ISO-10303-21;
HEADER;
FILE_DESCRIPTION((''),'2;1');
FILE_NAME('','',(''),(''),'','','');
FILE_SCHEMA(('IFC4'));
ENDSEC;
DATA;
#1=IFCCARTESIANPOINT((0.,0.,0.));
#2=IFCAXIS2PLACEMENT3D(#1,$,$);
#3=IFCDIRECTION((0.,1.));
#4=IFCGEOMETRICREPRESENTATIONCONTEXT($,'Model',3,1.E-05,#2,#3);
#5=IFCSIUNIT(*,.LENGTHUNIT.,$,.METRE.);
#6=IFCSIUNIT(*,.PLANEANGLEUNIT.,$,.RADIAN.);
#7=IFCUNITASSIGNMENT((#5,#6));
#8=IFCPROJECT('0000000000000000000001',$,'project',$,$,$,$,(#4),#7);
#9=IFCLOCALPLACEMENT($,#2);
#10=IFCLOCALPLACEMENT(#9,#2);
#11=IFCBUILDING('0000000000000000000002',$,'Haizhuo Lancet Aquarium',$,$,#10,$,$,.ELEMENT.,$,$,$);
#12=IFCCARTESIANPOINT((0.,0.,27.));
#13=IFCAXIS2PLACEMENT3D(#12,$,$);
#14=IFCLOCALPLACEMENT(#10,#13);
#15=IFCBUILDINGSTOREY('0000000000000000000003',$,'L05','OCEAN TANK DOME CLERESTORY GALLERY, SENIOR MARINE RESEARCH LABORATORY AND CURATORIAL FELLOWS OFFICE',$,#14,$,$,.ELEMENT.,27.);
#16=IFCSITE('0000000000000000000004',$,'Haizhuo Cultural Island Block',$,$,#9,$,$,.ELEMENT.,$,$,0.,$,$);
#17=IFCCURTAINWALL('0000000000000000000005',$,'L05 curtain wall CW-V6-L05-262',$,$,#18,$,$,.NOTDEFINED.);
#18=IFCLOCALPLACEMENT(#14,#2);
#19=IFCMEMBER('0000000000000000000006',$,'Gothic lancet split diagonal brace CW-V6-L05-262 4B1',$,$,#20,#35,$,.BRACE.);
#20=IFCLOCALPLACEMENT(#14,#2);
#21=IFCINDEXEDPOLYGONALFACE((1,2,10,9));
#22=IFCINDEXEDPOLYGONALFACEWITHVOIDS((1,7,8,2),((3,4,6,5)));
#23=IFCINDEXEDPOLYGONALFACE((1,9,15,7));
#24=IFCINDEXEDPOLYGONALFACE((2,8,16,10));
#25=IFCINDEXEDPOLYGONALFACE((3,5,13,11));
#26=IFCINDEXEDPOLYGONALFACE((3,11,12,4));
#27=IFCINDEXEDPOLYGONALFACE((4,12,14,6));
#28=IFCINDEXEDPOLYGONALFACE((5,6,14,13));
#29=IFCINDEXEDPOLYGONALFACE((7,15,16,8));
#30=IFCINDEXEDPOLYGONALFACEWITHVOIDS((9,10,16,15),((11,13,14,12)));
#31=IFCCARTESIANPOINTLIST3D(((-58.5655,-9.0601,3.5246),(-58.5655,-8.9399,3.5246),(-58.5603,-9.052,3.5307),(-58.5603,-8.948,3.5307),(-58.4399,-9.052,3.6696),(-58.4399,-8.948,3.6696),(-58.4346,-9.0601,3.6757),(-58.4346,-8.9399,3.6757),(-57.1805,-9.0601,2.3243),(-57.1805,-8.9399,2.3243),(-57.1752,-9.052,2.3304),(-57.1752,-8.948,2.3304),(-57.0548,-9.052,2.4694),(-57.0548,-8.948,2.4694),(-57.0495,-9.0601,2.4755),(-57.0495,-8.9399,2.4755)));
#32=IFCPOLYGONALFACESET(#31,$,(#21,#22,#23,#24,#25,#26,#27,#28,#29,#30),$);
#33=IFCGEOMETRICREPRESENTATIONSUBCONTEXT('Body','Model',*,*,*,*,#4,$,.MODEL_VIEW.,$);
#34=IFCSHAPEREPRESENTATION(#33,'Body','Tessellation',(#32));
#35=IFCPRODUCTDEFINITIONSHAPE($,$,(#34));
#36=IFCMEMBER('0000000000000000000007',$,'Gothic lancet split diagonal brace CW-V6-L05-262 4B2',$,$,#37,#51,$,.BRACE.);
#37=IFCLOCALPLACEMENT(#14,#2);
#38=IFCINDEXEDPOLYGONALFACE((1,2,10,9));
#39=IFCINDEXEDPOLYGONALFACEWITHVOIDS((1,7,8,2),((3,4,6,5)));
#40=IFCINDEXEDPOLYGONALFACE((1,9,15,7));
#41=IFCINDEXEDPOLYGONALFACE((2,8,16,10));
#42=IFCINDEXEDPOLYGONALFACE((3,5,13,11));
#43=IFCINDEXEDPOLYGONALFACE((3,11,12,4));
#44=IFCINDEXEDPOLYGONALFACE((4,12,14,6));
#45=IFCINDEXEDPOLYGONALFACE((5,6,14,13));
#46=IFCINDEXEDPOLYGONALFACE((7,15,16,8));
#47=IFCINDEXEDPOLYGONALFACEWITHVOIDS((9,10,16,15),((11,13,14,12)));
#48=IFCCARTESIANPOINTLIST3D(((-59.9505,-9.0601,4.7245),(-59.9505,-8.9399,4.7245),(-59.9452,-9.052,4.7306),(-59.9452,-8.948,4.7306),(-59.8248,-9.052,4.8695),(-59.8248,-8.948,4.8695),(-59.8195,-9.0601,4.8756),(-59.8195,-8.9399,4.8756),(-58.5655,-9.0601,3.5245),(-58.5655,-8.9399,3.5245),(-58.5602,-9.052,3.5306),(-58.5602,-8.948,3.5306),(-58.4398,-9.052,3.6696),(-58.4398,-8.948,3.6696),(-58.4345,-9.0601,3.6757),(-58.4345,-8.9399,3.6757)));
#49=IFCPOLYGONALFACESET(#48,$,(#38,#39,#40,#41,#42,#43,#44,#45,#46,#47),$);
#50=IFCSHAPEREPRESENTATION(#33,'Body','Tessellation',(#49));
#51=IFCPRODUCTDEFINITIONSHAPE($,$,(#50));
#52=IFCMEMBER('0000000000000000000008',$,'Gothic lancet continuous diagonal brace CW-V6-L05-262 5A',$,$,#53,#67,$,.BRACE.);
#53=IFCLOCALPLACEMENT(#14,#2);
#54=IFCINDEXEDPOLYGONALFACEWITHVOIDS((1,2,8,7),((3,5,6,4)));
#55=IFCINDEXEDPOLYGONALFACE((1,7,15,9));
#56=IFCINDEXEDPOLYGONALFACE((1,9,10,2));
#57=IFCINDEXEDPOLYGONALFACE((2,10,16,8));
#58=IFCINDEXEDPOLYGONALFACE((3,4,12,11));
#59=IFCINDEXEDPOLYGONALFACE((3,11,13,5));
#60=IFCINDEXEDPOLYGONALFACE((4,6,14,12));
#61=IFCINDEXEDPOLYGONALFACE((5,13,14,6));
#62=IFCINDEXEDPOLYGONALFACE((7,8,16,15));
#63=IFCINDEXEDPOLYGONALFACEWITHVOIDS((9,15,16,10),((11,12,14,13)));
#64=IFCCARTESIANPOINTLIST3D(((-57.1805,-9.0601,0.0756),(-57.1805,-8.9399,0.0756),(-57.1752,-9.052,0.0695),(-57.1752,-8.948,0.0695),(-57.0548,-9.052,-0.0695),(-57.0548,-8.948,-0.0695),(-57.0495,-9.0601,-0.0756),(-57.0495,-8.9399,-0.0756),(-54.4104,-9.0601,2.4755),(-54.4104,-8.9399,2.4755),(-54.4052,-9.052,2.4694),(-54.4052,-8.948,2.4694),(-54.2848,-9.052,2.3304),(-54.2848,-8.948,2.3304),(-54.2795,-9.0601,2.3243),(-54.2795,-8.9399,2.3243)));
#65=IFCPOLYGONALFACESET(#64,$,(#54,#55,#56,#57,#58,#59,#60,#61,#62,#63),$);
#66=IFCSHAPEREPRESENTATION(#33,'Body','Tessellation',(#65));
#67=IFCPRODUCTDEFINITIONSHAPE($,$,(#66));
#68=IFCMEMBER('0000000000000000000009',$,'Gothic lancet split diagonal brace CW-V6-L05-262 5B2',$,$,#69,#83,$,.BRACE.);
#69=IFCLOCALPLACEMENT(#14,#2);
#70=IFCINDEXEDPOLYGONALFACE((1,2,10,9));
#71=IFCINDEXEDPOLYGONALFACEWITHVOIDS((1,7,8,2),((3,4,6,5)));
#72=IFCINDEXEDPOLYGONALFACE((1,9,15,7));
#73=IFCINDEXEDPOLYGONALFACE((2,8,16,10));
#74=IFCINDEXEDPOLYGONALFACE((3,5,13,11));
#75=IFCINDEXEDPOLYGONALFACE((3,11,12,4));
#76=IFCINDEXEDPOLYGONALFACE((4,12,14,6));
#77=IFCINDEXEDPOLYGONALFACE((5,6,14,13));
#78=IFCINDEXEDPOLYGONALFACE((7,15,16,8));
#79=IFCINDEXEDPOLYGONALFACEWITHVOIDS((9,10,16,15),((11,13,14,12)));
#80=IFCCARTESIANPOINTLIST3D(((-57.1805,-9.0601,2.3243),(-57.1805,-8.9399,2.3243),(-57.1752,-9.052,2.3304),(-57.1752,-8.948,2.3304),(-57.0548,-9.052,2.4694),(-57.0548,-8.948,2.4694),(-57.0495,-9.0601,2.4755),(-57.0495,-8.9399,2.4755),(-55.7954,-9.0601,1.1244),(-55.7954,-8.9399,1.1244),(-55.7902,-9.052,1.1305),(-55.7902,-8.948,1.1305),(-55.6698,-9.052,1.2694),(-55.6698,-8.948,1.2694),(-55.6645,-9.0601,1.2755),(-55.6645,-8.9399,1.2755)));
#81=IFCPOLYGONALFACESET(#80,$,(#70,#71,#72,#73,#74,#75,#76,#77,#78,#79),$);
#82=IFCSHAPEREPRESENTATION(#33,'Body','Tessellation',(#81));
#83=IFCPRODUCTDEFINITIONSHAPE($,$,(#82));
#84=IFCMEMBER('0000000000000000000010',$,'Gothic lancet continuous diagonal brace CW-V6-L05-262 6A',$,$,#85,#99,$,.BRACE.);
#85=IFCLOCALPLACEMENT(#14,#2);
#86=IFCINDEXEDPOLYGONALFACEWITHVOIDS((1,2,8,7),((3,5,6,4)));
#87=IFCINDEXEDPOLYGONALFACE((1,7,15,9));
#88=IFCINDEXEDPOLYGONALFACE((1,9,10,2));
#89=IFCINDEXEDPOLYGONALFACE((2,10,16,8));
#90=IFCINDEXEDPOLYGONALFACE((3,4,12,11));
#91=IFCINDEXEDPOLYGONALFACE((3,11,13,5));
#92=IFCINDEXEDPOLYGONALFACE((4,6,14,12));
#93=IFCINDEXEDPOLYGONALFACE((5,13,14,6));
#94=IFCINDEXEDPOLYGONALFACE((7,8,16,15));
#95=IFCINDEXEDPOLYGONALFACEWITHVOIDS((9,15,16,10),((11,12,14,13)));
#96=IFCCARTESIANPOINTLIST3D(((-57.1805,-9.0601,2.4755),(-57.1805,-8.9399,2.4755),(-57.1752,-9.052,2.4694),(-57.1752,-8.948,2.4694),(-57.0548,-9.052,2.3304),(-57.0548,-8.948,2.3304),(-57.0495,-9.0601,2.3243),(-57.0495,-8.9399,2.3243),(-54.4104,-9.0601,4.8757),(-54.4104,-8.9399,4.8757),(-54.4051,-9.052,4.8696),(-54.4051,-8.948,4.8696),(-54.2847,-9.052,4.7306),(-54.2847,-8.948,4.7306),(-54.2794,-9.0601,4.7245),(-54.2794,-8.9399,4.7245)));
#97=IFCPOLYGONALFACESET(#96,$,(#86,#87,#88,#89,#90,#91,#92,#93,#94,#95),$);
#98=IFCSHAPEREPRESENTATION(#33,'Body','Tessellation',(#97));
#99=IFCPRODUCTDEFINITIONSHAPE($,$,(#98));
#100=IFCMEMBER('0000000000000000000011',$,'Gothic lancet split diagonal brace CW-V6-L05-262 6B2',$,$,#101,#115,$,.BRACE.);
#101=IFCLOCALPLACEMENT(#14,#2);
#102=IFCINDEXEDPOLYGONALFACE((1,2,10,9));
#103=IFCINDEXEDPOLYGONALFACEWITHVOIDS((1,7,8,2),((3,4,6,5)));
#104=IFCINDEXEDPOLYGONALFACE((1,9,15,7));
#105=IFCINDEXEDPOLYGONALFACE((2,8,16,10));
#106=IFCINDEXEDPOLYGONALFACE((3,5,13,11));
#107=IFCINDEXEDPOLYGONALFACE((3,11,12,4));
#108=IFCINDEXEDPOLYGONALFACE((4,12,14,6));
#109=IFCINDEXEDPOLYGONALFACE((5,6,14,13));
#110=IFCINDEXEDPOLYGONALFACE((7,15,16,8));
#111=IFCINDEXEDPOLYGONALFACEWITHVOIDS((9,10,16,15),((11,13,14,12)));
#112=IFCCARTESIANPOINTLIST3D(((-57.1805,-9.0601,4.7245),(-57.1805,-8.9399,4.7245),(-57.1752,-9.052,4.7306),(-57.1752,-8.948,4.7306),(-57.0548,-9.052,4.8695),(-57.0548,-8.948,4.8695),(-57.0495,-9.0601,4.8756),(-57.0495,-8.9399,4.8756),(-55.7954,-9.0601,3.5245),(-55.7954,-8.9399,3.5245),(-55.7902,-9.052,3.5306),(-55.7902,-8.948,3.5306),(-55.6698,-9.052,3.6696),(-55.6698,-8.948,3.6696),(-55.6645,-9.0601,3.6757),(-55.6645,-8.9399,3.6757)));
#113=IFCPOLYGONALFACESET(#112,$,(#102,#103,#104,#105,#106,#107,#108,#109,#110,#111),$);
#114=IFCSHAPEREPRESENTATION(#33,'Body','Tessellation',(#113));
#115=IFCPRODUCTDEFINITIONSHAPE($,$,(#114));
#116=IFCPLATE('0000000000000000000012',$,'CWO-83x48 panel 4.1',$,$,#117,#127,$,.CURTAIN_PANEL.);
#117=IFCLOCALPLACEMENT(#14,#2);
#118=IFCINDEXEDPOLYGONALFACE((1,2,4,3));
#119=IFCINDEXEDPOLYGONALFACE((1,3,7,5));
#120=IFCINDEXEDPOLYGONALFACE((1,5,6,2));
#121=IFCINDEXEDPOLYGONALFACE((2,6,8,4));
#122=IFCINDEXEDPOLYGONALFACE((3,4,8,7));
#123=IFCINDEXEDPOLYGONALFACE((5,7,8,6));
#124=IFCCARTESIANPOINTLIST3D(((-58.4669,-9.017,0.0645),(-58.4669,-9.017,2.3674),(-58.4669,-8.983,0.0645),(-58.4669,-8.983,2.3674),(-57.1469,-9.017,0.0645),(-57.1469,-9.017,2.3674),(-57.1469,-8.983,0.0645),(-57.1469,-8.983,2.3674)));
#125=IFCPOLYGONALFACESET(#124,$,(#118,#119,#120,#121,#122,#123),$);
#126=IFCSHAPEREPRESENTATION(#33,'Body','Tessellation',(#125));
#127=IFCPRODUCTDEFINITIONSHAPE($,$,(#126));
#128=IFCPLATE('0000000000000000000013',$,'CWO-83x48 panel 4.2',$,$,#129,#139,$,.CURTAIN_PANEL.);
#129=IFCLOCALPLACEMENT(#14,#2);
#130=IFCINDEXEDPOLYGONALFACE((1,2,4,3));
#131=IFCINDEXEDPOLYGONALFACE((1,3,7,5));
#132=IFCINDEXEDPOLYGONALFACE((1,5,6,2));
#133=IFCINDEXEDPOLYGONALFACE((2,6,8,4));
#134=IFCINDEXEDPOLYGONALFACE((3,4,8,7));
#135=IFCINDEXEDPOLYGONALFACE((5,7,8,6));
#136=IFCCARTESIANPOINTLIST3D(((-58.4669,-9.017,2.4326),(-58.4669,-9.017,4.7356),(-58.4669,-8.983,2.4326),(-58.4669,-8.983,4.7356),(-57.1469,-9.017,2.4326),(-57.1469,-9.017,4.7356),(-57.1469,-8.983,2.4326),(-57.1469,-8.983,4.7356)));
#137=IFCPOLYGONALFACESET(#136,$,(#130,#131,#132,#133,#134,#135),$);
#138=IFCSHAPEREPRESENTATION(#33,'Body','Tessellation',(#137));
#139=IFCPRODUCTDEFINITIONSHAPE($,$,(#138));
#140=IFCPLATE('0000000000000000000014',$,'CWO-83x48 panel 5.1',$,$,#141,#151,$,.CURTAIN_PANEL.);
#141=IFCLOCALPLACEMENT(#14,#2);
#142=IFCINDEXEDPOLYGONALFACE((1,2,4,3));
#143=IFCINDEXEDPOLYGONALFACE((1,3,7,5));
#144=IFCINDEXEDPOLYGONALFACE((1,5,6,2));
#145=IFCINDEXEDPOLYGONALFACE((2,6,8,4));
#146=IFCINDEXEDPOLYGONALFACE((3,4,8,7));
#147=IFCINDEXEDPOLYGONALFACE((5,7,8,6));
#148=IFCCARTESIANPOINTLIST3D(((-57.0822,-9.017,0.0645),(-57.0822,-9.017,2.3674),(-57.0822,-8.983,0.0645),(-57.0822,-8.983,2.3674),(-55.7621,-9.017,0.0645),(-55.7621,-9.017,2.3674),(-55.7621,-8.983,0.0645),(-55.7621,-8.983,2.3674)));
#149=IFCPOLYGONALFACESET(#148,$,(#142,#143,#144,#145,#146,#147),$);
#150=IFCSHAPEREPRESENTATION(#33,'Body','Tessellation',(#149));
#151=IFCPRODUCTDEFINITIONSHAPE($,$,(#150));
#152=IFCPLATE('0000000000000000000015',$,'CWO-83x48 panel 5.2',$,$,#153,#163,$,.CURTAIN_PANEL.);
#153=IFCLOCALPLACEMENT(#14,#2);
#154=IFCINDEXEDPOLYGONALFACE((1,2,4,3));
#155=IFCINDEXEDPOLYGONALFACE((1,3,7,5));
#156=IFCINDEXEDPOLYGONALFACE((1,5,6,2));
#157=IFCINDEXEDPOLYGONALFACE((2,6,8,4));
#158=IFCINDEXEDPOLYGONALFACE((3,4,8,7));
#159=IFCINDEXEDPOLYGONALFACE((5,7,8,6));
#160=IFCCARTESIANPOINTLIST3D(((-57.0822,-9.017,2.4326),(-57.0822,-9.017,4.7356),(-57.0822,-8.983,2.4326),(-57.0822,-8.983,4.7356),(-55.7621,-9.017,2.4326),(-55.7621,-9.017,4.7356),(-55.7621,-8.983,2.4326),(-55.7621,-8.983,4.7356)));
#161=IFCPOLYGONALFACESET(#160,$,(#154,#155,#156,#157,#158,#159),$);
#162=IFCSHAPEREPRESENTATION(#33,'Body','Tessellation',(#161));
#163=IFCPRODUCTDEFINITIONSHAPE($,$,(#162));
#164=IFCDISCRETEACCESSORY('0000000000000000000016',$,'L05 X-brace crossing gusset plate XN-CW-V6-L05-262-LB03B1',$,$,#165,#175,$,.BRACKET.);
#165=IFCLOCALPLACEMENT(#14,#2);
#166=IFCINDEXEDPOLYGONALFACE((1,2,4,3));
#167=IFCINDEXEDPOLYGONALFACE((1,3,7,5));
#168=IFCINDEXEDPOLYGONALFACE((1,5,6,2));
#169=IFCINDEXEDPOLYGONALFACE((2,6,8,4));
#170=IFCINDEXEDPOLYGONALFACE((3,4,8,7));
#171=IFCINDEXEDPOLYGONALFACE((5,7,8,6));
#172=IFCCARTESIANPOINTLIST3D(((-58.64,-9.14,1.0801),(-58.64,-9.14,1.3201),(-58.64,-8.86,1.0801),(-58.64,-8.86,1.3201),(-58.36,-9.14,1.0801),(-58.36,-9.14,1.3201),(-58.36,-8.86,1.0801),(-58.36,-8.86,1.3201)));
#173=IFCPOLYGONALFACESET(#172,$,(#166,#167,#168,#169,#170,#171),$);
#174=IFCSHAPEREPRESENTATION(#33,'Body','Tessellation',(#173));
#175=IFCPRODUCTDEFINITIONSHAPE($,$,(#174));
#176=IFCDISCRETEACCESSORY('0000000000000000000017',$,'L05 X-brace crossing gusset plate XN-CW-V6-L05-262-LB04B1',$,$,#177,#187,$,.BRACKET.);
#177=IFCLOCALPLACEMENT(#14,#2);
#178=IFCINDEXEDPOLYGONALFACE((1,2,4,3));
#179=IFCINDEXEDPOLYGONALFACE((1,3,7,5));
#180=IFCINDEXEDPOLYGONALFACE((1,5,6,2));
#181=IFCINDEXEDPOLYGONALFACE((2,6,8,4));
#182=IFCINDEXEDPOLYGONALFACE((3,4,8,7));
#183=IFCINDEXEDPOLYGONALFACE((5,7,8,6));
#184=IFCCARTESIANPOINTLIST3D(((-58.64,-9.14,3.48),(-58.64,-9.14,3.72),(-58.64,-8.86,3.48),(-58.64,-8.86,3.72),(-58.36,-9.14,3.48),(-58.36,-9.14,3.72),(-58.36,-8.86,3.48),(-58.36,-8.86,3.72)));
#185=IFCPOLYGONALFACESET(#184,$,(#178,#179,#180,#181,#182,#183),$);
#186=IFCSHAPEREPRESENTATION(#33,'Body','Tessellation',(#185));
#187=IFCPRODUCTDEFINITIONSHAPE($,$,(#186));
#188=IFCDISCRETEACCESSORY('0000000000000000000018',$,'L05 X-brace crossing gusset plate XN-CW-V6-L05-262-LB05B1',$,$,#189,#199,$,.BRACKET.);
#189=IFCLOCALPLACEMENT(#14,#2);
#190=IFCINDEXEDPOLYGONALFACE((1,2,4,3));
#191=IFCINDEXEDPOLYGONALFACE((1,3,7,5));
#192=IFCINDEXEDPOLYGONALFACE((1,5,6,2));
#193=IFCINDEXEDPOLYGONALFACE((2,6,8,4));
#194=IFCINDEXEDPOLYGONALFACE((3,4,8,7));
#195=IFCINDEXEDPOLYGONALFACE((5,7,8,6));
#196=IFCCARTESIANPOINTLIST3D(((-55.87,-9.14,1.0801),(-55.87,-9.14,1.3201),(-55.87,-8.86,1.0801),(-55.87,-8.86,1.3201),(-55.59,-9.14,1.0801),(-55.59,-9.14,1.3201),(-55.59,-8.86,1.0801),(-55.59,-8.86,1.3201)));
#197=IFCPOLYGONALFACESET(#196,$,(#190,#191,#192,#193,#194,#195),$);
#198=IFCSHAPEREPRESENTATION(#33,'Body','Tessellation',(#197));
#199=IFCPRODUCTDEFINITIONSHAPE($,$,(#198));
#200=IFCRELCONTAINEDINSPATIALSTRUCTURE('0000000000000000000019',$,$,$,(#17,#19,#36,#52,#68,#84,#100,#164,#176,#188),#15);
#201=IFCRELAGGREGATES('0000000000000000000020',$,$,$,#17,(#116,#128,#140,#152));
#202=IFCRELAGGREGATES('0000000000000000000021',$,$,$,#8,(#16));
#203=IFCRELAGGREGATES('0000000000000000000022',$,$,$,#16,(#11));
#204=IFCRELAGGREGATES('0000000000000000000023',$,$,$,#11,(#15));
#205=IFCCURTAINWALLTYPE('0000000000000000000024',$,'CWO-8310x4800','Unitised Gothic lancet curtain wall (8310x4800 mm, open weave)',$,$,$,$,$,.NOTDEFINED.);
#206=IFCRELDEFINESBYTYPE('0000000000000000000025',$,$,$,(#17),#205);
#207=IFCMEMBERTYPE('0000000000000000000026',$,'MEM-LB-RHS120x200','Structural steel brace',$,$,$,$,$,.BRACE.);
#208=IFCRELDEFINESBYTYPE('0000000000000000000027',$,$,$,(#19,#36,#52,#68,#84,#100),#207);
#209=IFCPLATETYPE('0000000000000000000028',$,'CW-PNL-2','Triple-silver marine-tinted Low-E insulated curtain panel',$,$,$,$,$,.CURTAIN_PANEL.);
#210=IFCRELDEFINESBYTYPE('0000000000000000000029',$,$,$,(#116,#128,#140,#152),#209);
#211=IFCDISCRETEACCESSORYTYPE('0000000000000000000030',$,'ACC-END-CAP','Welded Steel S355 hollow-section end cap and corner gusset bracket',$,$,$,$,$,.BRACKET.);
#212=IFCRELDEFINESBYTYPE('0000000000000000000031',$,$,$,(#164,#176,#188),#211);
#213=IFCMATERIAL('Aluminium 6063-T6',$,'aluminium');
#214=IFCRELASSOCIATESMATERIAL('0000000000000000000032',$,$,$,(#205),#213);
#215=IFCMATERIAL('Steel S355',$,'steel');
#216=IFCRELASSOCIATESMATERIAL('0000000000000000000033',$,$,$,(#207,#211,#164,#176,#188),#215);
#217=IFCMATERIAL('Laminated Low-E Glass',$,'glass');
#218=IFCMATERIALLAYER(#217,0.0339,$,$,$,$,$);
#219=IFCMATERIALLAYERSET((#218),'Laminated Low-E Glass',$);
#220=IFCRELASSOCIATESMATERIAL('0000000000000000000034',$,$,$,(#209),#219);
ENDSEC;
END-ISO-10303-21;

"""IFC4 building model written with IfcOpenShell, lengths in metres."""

from ifc_helpers import new_model, si_unit, direction, frame, origin, origin_2d, place, context, subcontext, project, spatial, rectangle, hollow_rectangle, extrude, material, layer, layer_set, material_profile, profile_set, type_object, element, aggregate, save


model = new_model("IFC4")

# Units and contexts
model_context = context("Model", 3, precision=1e-05, world=origin(), true_north=direction((0.0, 1.0)))
body_context = subcontext(model_context, "Body", "Model", "MODEL_VIEW")
ifc_project = project(units=[si_unit("LENGTHUNIT", "METRE"), si_unit("PLANEANGLEUNIT", "RADIAN")], contexts=[model_context])

# Site, building, storey
site_placement = place(None, origin())
site = spatial("IfcSite", under=ifc_project, at=site_placement, Name="Haizhuo Cultural Island Block", CompositionType="ELEMENT", RefElevation=0.0)
building_placement = place(site_placement, origin())
building = spatial("IfcBuilding", under=site, at=building_placement, Name="Haizhuo Lancet Aquarium", CompositionType="ELEMENT")
storey_placement = place(building_placement, frame((0.0, 0.0, 27.0)))
storey = spatial("IfcBuildingStorey", under=building, at=storey_placement, Name="L05", Description="OCEAN TANK DOME CLERESTORY GALLERY, SENIOR MARINE RESEARCH LABORATORY AND CURATORIAL FELLOWS OFFICE", CompositionType="ELEMENT", Elevation=27.0)

# Curtain wall
ifc_material_1 = material(Name="Aluminium 6063-T6", Category="aluminium")
curtain_wall_type = type_object("IfcCurtainWallType", Name="CWO-8310x4800", Description="Unitised Gothic lancet curtain wall (8310x4800 mm, open weave)", PredefinedType="NOTDEFINED", material=ifc_material_1)
curtain_wall_placement = place(storey_placement, origin())
curtain_wall = element("IfcCurtainWall", 1, at=curtain_wall_placement, inside=storey, type_object=curtain_wall_type, Name="L05 curtain wall CW-V6-L05-262", PredefinedType="NOTDEFINED")

# Members
ifc_material_2 = material(Name="Steel S355", Category="steel")
ifc_material_profile_1 = material_profile(ifc_material_2, hollow_rectangle(XDim=0.1201, YDim=0.2, WallThickness=0.0081, at=origin_2d()), Name="RHS 120x200x8")
ifc_profile_set_1 = profile_set([ifc_material_profile_1], Name="Steel S355")
member_type_1 = type_object("IfcMemberType", Name="MEM-LB-RHS120x200", Description="Structural steel brace", PredefinedType="BRACE", material=ifc_profile_set_1)
member_1_placement = place(storey_placement, frame((-57.115, -9.0, 2.3999), z_axis=(-0.755729, 0.0, 0.654885), x_axis=(0.0, -1.0, 0.0)))
element("IfcMember", 2, at=member_1_placement, inside=storey, type_object=member_type_1, Name="Gothic lancet split diagonal brace CW-V6-L05-262 4B1", PredefinedType="BRACE", context=body_context, shape_type="SweptSolid", body=[
    extrude(hollow_rectangle(XDim=0.1201, YDim=0.2, WallThickness=0.0081, at=origin_2d()), origin(), (0.0, 0.0, 1.0), 1.8328),
])
member_2_placement = place(storey_placement, frame((-58.5, -9.0, 3.6001), z_axis=(-0.755795, 0.0, 0.654809), x_axis=(0.0, -1.0, 0.0)))
element("IfcMember", 3, at=member_2_placement, inside=storey, type_object=member_type_1, Name="Gothic lancet split diagonal brace CW-V6-L05-262 4B2", PredefinedType="BRACE", context=body_context, shape_type="SweptSolid", body=[
    extrude(hollow_rectangle(XDim=0.1201, YDim=0.2, WallThickness=0.0081, at=origin_2d()), origin(), (0.0, 0.0, 1.0), 1.8325),
])
member_3_placement = place(storey_placement, frame((-57.115, -9.0, 0.0), z_axis=(0.755795, 0.0, 0.654809), x_axis=(0.0, 1.0, 0.0)))
element("IfcMember", 4, at=member_3_placement, inside=storey, type_object=member_type_1, Name="Gothic lancet continuous diagonal brace CW-V6-L05-262 5A", PredefinedType="BRACE", context=body_context, shape_type="SweptSolid", body=[
    extrude(hollow_rectangle(XDim=0.1201, YDim=0.2, WallThickness=0.0081, at=origin_2d()), origin(), (0.0, 0.0, 1.0), 3.665),
])
member_4_placement = place(storey_placement, frame((-55.73, -9.0, 1.2), z_axis=(-0.755795, 0.0, 0.654809), x_axis=(0.0, -1.0, 0.0)))
element("IfcMember", 5, at=member_4_placement, inside=storey, type_object=member_type_1, Name="Gothic lancet split diagonal brace CW-V6-L05-262 5B2", PredefinedType="BRACE", context=body_context, shape_type="SweptSolid", body=[
    extrude(hollow_rectangle(XDim=0.1201, YDim=0.2, WallThickness=0.0081, at=origin_2d()), origin(), (0.0, 0.0, 1.0), 1.8325),
])
member_5_placement = place(storey_placement, frame((-57.115, -9.0, 2.3999), z_axis=(0.755762, 0.0, 0.654847), x_axis=(0.0, 1.0, 0.0)))
element("IfcMember", 6, at=member_5_placement, inside=storey, type_object=member_type_1, Name="Gothic lancet continuous diagonal brace CW-V6-L05-262 6A", PredefinedType="BRACE", context=body_context, shape_type="SweptSolid", body=[
    extrude(hollow_rectangle(XDim=0.1201, YDim=0.2, WallThickness=0.0081, at=origin_2d()), origin(), (0.0, 0.0, 1.0), 3.6653),
])
member_6_placement = place(storey_placement, frame((-55.73, -9.0, 3.6001), z_axis=(-0.755795, 0.0, 0.654809), x_axis=(0.0, -1.0, 0.0)))
element("IfcMember", 7, at=member_6_placement, inside=storey, type_object=member_type_1, Name="Gothic lancet split diagonal brace CW-V6-L05-262 6B2", PredefinedType="BRACE", context=body_context, shape_type="SweptSolid", body=[
    extrude(hollow_rectangle(XDim=0.1201, YDim=0.2, WallThickness=0.0081, at=origin_2d()), origin(), (0.0, 0.0, 1.0), 1.8325),
])

# Plates
ifc_material_3 = material(Name="Laminated Low-E Glass", Category="glass")
ifc_layer = layer(ifc_material_3, 0.0339)
ifc_layer_set = layer_set([ifc_layer], Name="Laminated Low-E Glass")
plate_type = type_object("IfcPlateType", Name="CW-PNL-2", Description="Triple-silver marine-tinted Low-E insulated curtain panel", PredefinedType="CURTAIN_PANEL", material=ifc_layer_set)
plate_1_placement = place(storey_placement, frame((-57.8069, -9.0, 0.0645), z_axis=(0.0, 0.0, 1.0), x_axis=(1.0, 0.0, 0.0)))
plate_1 = element("IfcPlate", 8, at=plate_1_placement, type_object=plate_type, Name="CWO-83x48 panel 4.1", PredefinedType="CURTAIN_PANEL", context=body_context, shape_type="SweptSolid", body=[
    extrude(rectangle(XDim=1.3201, YDim=0.0339, at=origin_2d()), origin(), (0.0, 0.0, 1.0), 2.303),
])
plate_2_placement = place(storey_placement, frame((-57.8069, -9.0, 2.4326), z_axis=(0.0, 0.0, 1.0), x_axis=(1.0, 0.0, 0.0)))
plate_2 = element("IfcPlate", 9, at=plate_2_placement, type_object=plate_type, Name="CWO-83x48 panel 4.2", PredefinedType="CURTAIN_PANEL", context=body_context, shape_type="SweptSolid", body=[
    extrude(rectangle(XDim=1.3201, YDim=0.0339, at=origin_2d()), origin(), (0.0, 0.0, 1.0), 2.303),
])
plate_3_placement = place(storey_placement, frame((-56.4221, -9.0, 0.0645), z_axis=(0.0, 0.0, 1.0), x_axis=(1.0, 0.0, 0.0)))
plate_3 = element("IfcPlate", 10, at=plate_3_placement, type_object=plate_type, Name="CWO-83x48 panel 5.1", PredefinedType="CURTAIN_PANEL", context=body_context, shape_type="SweptSolid", body=[
    extrude(rectangle(XDim=1.3201, YDim=0.0339, at=origin_2d()), origin(), (0.0, 0.0, 1.0), 2.303),
])
plate_4_placement = place(storey_placement, frame((-56.4221, -9.0, 2.4326), z_axis=(0.0, 0.0, 1.0), x_axis=(1.0, 0.0, 0.0)))
plate_4 = element("IfcPlate", 11, at=plate_4_placement, type_object=plate_type, Name="CWO-83x48 panel 5.2", PredefinedType="CURTAIN_PANEL", context=body_context, shape_type="SweptSolid", body=[
    extrude(rectangle(XDim=1.3201, YDim=0.0339, at=origin_2d()), origin(), (0.0, 0.0, 1.0), 2.303),
])
aggregate(curtain_wall, [plate_1, plate_2, plate_3, plate_4])

# Discrete accessories
discrete_accessory_type = type_object("IfcDiscreteAccessoryType", Name="ACC-END-CAP", Description="Welded Steel S355 hollow-section end cap and corner gusset bracket", PredefinedType="BRACKET", material=ifc_material_2)
for number, where, z_axis, x_axis, name in (
    (12, (-58.5, -9.0, 1.0801), (0.0, 0.0, 1.0), (1.0, 0.0, 0.0), "L05 X-brace crossing gusset plate XN-CW-V6-L05-262-LB03B1"),
    (13, (-58.5, -9.0, 3.48), (0.0, 0.0, 1.0), (1.0, 0.0, 0.0), "L05 X-brace crossing gusset plate XN-CW-V6-L05-262-LB04B1"),
    (14, (-55.73, -9.0, 1.0801), (0.0, 0.0, 1.0), (1.0, 0.0, 0.0), "L05 X-brace crossing gusset plate XN-CW-V6-L05-262-LB05B1"),
):
    element("IfcDiscreteAccessory", number, at=place(storey_placement, frame(where, z_axis=z_axis, x_axis=x_axis)), inside=storey, type_object=discrete_accessory_type, material=ifc_material_2, Name=name, PredefinedType="BRACKET", context=body_context, shape_type="SweptSolid", body=[
        extrude(rectangle(XDim=0.28, YDim=0.28, at=origin_2d()), origin(), (0.0, 0.0, 1.0), 0.24),
    ])

save(model, "model.ifc")
